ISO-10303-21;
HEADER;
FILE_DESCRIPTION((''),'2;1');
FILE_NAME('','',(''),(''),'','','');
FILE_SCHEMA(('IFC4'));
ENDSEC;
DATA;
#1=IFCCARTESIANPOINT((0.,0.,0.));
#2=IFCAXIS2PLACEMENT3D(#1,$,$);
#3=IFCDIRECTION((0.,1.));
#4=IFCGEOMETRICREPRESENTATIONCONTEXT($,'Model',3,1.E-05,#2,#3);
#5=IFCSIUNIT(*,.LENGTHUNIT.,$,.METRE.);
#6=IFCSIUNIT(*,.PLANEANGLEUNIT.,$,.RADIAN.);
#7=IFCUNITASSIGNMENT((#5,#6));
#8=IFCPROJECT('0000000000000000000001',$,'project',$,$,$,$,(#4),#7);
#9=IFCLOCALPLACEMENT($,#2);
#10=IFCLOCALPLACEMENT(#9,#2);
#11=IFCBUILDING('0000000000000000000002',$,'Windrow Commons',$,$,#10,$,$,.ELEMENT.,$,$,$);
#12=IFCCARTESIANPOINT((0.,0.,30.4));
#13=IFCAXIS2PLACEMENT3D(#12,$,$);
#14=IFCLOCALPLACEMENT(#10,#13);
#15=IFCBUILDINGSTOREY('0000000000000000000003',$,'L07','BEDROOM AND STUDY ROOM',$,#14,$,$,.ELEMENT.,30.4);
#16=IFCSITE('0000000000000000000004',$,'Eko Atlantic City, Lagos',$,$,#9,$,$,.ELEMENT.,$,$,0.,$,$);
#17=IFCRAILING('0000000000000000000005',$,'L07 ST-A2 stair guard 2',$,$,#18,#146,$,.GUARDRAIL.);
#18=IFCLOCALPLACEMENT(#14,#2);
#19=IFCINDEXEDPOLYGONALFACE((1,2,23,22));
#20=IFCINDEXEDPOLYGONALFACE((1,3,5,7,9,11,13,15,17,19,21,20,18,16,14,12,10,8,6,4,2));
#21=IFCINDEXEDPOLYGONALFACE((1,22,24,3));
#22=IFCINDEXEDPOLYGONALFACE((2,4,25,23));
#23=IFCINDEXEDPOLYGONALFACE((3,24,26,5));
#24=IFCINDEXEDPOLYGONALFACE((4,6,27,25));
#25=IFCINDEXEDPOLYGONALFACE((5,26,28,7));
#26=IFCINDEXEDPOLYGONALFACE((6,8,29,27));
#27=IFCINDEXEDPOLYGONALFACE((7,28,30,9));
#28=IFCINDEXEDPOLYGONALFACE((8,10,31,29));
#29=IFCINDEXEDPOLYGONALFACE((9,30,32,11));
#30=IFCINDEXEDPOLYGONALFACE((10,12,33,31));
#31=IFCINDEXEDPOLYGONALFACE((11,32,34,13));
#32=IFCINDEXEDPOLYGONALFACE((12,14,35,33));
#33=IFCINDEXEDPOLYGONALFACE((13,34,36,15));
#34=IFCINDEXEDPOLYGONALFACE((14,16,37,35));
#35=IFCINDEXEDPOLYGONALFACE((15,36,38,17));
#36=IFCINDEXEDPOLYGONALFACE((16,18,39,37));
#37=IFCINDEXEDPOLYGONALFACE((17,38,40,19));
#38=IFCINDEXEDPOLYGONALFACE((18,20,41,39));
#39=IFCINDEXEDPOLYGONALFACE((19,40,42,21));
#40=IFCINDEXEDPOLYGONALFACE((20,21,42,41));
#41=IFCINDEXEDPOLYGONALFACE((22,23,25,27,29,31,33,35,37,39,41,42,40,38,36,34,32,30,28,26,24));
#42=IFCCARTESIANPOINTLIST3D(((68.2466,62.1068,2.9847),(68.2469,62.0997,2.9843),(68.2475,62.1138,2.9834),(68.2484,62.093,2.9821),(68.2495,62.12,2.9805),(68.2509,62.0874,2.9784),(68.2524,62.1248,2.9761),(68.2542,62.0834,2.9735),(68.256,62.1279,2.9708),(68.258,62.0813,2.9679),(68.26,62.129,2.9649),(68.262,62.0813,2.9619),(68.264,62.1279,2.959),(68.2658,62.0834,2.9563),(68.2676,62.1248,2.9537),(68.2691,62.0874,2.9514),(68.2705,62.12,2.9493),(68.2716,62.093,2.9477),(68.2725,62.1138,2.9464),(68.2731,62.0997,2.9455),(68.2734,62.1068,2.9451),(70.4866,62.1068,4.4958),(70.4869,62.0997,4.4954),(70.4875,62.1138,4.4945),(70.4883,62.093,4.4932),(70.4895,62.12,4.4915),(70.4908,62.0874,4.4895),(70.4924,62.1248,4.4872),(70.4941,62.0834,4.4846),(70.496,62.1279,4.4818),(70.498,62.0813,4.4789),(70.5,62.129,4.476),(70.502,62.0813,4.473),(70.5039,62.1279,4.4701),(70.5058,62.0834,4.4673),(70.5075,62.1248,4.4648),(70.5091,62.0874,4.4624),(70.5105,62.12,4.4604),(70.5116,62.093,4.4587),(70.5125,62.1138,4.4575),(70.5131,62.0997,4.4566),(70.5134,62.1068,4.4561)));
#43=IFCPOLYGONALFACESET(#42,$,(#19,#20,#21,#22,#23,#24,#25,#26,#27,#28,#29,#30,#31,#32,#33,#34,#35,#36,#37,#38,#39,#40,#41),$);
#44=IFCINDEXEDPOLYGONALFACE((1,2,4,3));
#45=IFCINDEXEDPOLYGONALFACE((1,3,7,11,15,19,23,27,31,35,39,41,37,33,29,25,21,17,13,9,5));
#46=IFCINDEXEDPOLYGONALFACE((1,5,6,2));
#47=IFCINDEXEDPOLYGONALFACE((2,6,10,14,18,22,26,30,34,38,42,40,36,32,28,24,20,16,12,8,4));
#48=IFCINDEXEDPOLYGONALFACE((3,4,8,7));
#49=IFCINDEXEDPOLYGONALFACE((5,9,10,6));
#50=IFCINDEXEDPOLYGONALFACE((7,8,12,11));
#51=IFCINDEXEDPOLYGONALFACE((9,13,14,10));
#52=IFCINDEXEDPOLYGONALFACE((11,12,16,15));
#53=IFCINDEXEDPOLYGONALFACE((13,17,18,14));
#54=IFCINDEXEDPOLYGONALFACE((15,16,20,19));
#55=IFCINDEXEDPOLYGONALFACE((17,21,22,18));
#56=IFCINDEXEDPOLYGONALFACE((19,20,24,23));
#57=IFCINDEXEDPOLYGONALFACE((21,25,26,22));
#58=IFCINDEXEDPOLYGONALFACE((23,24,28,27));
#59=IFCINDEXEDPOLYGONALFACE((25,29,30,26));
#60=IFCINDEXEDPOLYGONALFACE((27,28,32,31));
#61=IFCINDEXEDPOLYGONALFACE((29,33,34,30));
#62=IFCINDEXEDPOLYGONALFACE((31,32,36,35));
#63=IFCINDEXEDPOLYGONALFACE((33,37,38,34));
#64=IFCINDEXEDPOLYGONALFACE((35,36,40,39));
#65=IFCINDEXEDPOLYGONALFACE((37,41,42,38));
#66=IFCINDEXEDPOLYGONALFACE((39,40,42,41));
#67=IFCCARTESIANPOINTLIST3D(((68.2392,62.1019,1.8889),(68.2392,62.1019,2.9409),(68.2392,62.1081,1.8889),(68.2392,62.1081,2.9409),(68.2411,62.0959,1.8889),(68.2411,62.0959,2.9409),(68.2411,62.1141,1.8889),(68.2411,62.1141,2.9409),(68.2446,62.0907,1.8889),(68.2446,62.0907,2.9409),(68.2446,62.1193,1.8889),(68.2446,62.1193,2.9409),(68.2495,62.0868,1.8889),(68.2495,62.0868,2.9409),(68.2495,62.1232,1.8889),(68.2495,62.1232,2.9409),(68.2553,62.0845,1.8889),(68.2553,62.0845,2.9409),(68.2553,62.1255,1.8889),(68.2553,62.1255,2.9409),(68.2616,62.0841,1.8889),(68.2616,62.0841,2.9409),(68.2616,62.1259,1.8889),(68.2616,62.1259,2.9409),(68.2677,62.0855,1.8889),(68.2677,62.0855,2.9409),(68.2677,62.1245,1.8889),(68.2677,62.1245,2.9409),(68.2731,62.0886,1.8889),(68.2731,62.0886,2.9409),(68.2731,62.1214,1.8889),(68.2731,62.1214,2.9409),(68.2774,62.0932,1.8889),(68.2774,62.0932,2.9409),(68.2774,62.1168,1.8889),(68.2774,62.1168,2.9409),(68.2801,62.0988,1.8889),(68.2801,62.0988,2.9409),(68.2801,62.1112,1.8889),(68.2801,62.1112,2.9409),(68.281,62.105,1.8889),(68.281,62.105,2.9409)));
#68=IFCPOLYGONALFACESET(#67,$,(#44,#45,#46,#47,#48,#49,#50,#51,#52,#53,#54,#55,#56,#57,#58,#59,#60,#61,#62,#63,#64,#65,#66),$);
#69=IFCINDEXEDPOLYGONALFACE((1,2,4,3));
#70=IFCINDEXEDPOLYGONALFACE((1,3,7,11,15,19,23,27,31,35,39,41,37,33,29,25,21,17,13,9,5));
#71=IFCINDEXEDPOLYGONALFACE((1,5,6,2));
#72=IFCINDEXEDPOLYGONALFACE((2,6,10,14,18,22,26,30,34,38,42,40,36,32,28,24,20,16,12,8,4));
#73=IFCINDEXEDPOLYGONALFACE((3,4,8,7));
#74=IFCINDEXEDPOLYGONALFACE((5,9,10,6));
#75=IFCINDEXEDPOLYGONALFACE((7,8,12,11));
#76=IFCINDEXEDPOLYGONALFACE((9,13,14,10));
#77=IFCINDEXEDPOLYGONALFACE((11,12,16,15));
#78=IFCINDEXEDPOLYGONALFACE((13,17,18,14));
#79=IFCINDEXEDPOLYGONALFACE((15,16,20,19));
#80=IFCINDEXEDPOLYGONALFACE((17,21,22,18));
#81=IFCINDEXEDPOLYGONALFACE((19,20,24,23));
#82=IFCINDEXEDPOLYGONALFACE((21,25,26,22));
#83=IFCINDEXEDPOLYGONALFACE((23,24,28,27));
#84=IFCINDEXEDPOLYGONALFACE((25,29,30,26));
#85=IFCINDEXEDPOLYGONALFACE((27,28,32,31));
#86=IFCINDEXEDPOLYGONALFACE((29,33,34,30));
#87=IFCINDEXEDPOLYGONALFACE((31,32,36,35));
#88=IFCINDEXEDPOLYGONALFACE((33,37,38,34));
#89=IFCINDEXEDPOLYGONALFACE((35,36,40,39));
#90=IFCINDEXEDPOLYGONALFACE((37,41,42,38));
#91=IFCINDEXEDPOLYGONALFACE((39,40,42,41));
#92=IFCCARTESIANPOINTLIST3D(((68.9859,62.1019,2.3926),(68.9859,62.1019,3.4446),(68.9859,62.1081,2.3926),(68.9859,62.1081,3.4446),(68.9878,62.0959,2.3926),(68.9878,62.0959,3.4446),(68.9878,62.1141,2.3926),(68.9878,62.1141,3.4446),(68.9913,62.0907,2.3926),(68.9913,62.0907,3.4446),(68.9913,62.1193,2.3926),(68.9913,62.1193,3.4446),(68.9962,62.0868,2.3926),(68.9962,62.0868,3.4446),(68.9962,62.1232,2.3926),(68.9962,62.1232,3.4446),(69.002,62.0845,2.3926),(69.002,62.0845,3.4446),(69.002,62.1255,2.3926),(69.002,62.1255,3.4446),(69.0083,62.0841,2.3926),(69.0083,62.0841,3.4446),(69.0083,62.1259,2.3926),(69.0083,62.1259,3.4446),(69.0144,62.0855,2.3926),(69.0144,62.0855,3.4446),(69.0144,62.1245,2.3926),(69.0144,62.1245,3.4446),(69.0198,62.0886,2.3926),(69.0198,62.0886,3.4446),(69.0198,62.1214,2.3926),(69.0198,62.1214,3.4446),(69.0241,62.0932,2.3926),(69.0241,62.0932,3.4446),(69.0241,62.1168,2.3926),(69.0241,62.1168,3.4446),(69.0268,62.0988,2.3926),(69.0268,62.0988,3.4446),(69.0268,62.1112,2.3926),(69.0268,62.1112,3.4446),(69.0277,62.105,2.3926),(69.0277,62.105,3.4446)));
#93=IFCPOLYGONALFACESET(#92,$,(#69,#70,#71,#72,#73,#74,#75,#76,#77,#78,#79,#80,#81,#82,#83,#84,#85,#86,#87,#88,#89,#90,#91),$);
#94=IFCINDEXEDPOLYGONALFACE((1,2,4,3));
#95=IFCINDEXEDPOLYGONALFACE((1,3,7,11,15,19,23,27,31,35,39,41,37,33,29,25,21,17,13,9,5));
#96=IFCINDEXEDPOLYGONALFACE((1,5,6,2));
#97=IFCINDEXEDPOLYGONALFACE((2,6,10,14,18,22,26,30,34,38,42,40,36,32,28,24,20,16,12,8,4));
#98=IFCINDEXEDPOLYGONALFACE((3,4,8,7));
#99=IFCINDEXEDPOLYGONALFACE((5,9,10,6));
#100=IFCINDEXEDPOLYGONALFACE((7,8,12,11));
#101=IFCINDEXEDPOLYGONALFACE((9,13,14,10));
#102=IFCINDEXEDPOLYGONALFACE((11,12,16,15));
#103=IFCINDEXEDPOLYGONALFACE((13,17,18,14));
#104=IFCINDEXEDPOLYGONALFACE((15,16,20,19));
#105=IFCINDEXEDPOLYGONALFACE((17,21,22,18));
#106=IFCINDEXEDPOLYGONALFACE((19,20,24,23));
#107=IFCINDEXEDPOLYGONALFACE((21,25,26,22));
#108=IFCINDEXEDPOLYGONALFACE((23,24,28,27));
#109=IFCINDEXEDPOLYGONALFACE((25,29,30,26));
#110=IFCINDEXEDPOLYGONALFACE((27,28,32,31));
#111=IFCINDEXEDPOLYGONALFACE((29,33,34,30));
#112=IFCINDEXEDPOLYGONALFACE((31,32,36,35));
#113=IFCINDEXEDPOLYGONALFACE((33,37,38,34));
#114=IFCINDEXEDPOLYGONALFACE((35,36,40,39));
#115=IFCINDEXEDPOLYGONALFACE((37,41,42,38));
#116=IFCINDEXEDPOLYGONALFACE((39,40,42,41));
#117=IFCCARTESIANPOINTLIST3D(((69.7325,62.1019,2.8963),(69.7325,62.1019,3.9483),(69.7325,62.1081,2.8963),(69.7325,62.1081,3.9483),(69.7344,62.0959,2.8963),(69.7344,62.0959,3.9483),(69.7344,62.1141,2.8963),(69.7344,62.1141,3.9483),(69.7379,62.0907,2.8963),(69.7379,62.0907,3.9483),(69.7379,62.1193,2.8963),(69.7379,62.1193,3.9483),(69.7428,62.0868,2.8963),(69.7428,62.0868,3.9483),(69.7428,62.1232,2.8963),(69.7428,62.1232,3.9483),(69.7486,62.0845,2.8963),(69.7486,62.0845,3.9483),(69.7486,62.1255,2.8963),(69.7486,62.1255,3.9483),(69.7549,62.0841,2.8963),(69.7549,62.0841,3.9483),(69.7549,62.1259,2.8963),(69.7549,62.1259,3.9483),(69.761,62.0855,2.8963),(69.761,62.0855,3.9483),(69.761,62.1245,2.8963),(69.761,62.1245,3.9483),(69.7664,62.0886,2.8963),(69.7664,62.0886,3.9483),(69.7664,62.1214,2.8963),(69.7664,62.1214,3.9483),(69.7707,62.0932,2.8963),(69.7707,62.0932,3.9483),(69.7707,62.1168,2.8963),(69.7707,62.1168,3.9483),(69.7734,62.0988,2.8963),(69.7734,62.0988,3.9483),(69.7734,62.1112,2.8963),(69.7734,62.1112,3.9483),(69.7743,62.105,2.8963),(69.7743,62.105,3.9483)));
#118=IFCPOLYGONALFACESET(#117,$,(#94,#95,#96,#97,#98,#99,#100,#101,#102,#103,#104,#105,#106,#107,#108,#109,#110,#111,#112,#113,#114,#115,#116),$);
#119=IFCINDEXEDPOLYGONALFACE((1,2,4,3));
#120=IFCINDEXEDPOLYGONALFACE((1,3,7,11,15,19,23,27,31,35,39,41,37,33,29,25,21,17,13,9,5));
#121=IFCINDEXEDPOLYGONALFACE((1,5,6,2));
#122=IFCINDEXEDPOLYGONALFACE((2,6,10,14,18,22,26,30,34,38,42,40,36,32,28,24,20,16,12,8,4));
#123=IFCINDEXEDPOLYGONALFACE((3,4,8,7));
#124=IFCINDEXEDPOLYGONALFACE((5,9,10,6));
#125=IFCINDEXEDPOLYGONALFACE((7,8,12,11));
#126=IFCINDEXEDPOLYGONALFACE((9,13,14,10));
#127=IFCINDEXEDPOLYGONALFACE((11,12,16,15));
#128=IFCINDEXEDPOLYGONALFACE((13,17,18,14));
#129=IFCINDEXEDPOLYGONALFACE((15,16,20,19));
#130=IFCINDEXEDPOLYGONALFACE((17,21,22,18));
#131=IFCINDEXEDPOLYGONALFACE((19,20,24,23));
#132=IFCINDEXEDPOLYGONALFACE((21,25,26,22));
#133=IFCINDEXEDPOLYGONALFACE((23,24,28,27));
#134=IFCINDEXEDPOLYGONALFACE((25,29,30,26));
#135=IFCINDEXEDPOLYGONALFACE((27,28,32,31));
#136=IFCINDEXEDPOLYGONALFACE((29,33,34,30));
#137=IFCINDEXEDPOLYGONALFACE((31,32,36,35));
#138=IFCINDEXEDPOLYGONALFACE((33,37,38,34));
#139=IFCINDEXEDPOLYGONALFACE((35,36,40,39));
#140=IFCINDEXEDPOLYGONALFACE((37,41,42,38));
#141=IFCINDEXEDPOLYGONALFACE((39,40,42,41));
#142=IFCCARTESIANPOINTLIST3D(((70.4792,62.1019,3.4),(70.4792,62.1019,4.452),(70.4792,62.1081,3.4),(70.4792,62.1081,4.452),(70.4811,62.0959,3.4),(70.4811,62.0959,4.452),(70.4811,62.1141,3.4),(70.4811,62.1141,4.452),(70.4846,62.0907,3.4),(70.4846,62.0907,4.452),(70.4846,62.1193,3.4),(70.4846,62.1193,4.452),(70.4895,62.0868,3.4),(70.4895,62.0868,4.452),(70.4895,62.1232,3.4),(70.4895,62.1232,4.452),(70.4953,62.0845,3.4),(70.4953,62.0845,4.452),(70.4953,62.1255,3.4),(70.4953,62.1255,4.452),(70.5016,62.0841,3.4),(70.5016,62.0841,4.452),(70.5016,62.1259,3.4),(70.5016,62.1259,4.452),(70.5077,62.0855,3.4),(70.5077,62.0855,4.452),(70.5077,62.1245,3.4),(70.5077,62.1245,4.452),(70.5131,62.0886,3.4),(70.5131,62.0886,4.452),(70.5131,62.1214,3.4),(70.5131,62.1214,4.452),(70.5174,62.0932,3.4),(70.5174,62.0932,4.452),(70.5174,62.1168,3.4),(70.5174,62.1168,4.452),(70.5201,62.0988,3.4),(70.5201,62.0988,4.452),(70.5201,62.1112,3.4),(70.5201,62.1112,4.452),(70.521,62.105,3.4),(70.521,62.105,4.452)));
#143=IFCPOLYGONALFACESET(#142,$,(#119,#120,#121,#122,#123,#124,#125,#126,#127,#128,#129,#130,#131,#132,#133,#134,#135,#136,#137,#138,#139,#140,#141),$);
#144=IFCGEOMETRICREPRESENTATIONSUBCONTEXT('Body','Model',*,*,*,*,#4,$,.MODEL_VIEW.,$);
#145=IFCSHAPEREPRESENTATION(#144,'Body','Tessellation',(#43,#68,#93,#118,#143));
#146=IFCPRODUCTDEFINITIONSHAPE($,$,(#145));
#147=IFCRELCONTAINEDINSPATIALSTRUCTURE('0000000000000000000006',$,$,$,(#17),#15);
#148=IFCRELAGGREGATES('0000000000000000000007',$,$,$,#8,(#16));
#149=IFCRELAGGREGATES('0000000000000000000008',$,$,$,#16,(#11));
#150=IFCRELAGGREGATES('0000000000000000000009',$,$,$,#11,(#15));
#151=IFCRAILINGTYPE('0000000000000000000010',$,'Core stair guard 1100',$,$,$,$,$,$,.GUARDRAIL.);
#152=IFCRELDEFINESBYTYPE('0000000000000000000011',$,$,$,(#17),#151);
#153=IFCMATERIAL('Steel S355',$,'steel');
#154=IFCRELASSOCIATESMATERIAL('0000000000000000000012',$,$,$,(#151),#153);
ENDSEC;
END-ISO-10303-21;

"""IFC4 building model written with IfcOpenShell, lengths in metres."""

from ifc_helpers import new_model, si_unit, direction, frame, origin, origin_2d, place, context, subcontext, project, spatial, circle, extrude, material, type_object, element, save


model = new_model("IFC4")

# Units and contexts
model_context = context("Model", 3, precision=1e-05, world=origin(), true_north=direction((0.0, 1.0)))
body_context = subcontext(model_context, "Body", "Model", "MODEL_VIEW")
ifc_project = project(units=[si_unit("LENGTHUNIT", "METRE"), si_unit("PLANEANGLEUNIT", "RADIAN")], contexts=[model_context])

# Site, building, storey
site_placement = place(None, origin())
site = spatial("IfcSite", under=ifc_project, at=site_placement, Name="Eko Atlantic City, Lagos", CompositionType="ELEMENT", RefElevation=0.0)
building_placement = place(site_placement, origin())
building = spatial("IfcBuilding", under=site, at=building_placement, Name="Windrow Commons", CompositionType="ELEMENT")
storey_placement = place(building_placement, frame((0.0, 0.0, 30.4)))
storey = spatial("IfcBuildingStorey", under=building, at=storey_placement, Name="L07", Description="BEDROOM AND STUDY ROOM", CompositionType="ELEMENT", Elevation=30.4)

# Railing
ifc_material_1 = material(Name="Steel S355", Category="steel")
railing_type_1 = type_object("IfcRailingType", Name="Core stair guard 1100", PredefinedType="GUARDRAIL", material=ifc_material_1)
railing_1_placement = place(storey_placement, frame((68.26, 62.105, 1.8889)))
element("IfcRailing", 1, at=railing_1_placement, inside=storey, type_object=railing_type_1, Name="L07 ST-A2 stair guard 2", PredefinedType="GUARDRAIL", context=body_context, shape_type="SweptSolid", body=[
    extrude(circle(Radius=0.024, at=origin_2d()), frame((0.0, 0.0, 1.076), z_axis=(0.829003, 0.0, 0.559244), x_axis=(0.0, 1.0, 0.0)), (0.0, 0.0, 1.0), 2.702),
    extrude(circle(Radius=0.021, at=origin_2d()), origin(), (0.0, 0.0, 1.0), 1.052),
    extrude(circle(Radius=0.021, at=origin_2d()), frame((0.7467, 0.0, 0.5037)), (0.0, 0.0, 1.0), 1.052),
    extrude(circle(Radius=0.021, at=origin_2d()), frame((1.4933, 0.0, 1.0074)), (0.0, 0.0, 1.0), 1.052),
    extrude(circle(Radius=0.021, at=origin_2d()), frame((2.24, 0.0, 1.5111)), (0.0, 0.0, 1.0), 1.052),
])

save(model, "model.ifc")
